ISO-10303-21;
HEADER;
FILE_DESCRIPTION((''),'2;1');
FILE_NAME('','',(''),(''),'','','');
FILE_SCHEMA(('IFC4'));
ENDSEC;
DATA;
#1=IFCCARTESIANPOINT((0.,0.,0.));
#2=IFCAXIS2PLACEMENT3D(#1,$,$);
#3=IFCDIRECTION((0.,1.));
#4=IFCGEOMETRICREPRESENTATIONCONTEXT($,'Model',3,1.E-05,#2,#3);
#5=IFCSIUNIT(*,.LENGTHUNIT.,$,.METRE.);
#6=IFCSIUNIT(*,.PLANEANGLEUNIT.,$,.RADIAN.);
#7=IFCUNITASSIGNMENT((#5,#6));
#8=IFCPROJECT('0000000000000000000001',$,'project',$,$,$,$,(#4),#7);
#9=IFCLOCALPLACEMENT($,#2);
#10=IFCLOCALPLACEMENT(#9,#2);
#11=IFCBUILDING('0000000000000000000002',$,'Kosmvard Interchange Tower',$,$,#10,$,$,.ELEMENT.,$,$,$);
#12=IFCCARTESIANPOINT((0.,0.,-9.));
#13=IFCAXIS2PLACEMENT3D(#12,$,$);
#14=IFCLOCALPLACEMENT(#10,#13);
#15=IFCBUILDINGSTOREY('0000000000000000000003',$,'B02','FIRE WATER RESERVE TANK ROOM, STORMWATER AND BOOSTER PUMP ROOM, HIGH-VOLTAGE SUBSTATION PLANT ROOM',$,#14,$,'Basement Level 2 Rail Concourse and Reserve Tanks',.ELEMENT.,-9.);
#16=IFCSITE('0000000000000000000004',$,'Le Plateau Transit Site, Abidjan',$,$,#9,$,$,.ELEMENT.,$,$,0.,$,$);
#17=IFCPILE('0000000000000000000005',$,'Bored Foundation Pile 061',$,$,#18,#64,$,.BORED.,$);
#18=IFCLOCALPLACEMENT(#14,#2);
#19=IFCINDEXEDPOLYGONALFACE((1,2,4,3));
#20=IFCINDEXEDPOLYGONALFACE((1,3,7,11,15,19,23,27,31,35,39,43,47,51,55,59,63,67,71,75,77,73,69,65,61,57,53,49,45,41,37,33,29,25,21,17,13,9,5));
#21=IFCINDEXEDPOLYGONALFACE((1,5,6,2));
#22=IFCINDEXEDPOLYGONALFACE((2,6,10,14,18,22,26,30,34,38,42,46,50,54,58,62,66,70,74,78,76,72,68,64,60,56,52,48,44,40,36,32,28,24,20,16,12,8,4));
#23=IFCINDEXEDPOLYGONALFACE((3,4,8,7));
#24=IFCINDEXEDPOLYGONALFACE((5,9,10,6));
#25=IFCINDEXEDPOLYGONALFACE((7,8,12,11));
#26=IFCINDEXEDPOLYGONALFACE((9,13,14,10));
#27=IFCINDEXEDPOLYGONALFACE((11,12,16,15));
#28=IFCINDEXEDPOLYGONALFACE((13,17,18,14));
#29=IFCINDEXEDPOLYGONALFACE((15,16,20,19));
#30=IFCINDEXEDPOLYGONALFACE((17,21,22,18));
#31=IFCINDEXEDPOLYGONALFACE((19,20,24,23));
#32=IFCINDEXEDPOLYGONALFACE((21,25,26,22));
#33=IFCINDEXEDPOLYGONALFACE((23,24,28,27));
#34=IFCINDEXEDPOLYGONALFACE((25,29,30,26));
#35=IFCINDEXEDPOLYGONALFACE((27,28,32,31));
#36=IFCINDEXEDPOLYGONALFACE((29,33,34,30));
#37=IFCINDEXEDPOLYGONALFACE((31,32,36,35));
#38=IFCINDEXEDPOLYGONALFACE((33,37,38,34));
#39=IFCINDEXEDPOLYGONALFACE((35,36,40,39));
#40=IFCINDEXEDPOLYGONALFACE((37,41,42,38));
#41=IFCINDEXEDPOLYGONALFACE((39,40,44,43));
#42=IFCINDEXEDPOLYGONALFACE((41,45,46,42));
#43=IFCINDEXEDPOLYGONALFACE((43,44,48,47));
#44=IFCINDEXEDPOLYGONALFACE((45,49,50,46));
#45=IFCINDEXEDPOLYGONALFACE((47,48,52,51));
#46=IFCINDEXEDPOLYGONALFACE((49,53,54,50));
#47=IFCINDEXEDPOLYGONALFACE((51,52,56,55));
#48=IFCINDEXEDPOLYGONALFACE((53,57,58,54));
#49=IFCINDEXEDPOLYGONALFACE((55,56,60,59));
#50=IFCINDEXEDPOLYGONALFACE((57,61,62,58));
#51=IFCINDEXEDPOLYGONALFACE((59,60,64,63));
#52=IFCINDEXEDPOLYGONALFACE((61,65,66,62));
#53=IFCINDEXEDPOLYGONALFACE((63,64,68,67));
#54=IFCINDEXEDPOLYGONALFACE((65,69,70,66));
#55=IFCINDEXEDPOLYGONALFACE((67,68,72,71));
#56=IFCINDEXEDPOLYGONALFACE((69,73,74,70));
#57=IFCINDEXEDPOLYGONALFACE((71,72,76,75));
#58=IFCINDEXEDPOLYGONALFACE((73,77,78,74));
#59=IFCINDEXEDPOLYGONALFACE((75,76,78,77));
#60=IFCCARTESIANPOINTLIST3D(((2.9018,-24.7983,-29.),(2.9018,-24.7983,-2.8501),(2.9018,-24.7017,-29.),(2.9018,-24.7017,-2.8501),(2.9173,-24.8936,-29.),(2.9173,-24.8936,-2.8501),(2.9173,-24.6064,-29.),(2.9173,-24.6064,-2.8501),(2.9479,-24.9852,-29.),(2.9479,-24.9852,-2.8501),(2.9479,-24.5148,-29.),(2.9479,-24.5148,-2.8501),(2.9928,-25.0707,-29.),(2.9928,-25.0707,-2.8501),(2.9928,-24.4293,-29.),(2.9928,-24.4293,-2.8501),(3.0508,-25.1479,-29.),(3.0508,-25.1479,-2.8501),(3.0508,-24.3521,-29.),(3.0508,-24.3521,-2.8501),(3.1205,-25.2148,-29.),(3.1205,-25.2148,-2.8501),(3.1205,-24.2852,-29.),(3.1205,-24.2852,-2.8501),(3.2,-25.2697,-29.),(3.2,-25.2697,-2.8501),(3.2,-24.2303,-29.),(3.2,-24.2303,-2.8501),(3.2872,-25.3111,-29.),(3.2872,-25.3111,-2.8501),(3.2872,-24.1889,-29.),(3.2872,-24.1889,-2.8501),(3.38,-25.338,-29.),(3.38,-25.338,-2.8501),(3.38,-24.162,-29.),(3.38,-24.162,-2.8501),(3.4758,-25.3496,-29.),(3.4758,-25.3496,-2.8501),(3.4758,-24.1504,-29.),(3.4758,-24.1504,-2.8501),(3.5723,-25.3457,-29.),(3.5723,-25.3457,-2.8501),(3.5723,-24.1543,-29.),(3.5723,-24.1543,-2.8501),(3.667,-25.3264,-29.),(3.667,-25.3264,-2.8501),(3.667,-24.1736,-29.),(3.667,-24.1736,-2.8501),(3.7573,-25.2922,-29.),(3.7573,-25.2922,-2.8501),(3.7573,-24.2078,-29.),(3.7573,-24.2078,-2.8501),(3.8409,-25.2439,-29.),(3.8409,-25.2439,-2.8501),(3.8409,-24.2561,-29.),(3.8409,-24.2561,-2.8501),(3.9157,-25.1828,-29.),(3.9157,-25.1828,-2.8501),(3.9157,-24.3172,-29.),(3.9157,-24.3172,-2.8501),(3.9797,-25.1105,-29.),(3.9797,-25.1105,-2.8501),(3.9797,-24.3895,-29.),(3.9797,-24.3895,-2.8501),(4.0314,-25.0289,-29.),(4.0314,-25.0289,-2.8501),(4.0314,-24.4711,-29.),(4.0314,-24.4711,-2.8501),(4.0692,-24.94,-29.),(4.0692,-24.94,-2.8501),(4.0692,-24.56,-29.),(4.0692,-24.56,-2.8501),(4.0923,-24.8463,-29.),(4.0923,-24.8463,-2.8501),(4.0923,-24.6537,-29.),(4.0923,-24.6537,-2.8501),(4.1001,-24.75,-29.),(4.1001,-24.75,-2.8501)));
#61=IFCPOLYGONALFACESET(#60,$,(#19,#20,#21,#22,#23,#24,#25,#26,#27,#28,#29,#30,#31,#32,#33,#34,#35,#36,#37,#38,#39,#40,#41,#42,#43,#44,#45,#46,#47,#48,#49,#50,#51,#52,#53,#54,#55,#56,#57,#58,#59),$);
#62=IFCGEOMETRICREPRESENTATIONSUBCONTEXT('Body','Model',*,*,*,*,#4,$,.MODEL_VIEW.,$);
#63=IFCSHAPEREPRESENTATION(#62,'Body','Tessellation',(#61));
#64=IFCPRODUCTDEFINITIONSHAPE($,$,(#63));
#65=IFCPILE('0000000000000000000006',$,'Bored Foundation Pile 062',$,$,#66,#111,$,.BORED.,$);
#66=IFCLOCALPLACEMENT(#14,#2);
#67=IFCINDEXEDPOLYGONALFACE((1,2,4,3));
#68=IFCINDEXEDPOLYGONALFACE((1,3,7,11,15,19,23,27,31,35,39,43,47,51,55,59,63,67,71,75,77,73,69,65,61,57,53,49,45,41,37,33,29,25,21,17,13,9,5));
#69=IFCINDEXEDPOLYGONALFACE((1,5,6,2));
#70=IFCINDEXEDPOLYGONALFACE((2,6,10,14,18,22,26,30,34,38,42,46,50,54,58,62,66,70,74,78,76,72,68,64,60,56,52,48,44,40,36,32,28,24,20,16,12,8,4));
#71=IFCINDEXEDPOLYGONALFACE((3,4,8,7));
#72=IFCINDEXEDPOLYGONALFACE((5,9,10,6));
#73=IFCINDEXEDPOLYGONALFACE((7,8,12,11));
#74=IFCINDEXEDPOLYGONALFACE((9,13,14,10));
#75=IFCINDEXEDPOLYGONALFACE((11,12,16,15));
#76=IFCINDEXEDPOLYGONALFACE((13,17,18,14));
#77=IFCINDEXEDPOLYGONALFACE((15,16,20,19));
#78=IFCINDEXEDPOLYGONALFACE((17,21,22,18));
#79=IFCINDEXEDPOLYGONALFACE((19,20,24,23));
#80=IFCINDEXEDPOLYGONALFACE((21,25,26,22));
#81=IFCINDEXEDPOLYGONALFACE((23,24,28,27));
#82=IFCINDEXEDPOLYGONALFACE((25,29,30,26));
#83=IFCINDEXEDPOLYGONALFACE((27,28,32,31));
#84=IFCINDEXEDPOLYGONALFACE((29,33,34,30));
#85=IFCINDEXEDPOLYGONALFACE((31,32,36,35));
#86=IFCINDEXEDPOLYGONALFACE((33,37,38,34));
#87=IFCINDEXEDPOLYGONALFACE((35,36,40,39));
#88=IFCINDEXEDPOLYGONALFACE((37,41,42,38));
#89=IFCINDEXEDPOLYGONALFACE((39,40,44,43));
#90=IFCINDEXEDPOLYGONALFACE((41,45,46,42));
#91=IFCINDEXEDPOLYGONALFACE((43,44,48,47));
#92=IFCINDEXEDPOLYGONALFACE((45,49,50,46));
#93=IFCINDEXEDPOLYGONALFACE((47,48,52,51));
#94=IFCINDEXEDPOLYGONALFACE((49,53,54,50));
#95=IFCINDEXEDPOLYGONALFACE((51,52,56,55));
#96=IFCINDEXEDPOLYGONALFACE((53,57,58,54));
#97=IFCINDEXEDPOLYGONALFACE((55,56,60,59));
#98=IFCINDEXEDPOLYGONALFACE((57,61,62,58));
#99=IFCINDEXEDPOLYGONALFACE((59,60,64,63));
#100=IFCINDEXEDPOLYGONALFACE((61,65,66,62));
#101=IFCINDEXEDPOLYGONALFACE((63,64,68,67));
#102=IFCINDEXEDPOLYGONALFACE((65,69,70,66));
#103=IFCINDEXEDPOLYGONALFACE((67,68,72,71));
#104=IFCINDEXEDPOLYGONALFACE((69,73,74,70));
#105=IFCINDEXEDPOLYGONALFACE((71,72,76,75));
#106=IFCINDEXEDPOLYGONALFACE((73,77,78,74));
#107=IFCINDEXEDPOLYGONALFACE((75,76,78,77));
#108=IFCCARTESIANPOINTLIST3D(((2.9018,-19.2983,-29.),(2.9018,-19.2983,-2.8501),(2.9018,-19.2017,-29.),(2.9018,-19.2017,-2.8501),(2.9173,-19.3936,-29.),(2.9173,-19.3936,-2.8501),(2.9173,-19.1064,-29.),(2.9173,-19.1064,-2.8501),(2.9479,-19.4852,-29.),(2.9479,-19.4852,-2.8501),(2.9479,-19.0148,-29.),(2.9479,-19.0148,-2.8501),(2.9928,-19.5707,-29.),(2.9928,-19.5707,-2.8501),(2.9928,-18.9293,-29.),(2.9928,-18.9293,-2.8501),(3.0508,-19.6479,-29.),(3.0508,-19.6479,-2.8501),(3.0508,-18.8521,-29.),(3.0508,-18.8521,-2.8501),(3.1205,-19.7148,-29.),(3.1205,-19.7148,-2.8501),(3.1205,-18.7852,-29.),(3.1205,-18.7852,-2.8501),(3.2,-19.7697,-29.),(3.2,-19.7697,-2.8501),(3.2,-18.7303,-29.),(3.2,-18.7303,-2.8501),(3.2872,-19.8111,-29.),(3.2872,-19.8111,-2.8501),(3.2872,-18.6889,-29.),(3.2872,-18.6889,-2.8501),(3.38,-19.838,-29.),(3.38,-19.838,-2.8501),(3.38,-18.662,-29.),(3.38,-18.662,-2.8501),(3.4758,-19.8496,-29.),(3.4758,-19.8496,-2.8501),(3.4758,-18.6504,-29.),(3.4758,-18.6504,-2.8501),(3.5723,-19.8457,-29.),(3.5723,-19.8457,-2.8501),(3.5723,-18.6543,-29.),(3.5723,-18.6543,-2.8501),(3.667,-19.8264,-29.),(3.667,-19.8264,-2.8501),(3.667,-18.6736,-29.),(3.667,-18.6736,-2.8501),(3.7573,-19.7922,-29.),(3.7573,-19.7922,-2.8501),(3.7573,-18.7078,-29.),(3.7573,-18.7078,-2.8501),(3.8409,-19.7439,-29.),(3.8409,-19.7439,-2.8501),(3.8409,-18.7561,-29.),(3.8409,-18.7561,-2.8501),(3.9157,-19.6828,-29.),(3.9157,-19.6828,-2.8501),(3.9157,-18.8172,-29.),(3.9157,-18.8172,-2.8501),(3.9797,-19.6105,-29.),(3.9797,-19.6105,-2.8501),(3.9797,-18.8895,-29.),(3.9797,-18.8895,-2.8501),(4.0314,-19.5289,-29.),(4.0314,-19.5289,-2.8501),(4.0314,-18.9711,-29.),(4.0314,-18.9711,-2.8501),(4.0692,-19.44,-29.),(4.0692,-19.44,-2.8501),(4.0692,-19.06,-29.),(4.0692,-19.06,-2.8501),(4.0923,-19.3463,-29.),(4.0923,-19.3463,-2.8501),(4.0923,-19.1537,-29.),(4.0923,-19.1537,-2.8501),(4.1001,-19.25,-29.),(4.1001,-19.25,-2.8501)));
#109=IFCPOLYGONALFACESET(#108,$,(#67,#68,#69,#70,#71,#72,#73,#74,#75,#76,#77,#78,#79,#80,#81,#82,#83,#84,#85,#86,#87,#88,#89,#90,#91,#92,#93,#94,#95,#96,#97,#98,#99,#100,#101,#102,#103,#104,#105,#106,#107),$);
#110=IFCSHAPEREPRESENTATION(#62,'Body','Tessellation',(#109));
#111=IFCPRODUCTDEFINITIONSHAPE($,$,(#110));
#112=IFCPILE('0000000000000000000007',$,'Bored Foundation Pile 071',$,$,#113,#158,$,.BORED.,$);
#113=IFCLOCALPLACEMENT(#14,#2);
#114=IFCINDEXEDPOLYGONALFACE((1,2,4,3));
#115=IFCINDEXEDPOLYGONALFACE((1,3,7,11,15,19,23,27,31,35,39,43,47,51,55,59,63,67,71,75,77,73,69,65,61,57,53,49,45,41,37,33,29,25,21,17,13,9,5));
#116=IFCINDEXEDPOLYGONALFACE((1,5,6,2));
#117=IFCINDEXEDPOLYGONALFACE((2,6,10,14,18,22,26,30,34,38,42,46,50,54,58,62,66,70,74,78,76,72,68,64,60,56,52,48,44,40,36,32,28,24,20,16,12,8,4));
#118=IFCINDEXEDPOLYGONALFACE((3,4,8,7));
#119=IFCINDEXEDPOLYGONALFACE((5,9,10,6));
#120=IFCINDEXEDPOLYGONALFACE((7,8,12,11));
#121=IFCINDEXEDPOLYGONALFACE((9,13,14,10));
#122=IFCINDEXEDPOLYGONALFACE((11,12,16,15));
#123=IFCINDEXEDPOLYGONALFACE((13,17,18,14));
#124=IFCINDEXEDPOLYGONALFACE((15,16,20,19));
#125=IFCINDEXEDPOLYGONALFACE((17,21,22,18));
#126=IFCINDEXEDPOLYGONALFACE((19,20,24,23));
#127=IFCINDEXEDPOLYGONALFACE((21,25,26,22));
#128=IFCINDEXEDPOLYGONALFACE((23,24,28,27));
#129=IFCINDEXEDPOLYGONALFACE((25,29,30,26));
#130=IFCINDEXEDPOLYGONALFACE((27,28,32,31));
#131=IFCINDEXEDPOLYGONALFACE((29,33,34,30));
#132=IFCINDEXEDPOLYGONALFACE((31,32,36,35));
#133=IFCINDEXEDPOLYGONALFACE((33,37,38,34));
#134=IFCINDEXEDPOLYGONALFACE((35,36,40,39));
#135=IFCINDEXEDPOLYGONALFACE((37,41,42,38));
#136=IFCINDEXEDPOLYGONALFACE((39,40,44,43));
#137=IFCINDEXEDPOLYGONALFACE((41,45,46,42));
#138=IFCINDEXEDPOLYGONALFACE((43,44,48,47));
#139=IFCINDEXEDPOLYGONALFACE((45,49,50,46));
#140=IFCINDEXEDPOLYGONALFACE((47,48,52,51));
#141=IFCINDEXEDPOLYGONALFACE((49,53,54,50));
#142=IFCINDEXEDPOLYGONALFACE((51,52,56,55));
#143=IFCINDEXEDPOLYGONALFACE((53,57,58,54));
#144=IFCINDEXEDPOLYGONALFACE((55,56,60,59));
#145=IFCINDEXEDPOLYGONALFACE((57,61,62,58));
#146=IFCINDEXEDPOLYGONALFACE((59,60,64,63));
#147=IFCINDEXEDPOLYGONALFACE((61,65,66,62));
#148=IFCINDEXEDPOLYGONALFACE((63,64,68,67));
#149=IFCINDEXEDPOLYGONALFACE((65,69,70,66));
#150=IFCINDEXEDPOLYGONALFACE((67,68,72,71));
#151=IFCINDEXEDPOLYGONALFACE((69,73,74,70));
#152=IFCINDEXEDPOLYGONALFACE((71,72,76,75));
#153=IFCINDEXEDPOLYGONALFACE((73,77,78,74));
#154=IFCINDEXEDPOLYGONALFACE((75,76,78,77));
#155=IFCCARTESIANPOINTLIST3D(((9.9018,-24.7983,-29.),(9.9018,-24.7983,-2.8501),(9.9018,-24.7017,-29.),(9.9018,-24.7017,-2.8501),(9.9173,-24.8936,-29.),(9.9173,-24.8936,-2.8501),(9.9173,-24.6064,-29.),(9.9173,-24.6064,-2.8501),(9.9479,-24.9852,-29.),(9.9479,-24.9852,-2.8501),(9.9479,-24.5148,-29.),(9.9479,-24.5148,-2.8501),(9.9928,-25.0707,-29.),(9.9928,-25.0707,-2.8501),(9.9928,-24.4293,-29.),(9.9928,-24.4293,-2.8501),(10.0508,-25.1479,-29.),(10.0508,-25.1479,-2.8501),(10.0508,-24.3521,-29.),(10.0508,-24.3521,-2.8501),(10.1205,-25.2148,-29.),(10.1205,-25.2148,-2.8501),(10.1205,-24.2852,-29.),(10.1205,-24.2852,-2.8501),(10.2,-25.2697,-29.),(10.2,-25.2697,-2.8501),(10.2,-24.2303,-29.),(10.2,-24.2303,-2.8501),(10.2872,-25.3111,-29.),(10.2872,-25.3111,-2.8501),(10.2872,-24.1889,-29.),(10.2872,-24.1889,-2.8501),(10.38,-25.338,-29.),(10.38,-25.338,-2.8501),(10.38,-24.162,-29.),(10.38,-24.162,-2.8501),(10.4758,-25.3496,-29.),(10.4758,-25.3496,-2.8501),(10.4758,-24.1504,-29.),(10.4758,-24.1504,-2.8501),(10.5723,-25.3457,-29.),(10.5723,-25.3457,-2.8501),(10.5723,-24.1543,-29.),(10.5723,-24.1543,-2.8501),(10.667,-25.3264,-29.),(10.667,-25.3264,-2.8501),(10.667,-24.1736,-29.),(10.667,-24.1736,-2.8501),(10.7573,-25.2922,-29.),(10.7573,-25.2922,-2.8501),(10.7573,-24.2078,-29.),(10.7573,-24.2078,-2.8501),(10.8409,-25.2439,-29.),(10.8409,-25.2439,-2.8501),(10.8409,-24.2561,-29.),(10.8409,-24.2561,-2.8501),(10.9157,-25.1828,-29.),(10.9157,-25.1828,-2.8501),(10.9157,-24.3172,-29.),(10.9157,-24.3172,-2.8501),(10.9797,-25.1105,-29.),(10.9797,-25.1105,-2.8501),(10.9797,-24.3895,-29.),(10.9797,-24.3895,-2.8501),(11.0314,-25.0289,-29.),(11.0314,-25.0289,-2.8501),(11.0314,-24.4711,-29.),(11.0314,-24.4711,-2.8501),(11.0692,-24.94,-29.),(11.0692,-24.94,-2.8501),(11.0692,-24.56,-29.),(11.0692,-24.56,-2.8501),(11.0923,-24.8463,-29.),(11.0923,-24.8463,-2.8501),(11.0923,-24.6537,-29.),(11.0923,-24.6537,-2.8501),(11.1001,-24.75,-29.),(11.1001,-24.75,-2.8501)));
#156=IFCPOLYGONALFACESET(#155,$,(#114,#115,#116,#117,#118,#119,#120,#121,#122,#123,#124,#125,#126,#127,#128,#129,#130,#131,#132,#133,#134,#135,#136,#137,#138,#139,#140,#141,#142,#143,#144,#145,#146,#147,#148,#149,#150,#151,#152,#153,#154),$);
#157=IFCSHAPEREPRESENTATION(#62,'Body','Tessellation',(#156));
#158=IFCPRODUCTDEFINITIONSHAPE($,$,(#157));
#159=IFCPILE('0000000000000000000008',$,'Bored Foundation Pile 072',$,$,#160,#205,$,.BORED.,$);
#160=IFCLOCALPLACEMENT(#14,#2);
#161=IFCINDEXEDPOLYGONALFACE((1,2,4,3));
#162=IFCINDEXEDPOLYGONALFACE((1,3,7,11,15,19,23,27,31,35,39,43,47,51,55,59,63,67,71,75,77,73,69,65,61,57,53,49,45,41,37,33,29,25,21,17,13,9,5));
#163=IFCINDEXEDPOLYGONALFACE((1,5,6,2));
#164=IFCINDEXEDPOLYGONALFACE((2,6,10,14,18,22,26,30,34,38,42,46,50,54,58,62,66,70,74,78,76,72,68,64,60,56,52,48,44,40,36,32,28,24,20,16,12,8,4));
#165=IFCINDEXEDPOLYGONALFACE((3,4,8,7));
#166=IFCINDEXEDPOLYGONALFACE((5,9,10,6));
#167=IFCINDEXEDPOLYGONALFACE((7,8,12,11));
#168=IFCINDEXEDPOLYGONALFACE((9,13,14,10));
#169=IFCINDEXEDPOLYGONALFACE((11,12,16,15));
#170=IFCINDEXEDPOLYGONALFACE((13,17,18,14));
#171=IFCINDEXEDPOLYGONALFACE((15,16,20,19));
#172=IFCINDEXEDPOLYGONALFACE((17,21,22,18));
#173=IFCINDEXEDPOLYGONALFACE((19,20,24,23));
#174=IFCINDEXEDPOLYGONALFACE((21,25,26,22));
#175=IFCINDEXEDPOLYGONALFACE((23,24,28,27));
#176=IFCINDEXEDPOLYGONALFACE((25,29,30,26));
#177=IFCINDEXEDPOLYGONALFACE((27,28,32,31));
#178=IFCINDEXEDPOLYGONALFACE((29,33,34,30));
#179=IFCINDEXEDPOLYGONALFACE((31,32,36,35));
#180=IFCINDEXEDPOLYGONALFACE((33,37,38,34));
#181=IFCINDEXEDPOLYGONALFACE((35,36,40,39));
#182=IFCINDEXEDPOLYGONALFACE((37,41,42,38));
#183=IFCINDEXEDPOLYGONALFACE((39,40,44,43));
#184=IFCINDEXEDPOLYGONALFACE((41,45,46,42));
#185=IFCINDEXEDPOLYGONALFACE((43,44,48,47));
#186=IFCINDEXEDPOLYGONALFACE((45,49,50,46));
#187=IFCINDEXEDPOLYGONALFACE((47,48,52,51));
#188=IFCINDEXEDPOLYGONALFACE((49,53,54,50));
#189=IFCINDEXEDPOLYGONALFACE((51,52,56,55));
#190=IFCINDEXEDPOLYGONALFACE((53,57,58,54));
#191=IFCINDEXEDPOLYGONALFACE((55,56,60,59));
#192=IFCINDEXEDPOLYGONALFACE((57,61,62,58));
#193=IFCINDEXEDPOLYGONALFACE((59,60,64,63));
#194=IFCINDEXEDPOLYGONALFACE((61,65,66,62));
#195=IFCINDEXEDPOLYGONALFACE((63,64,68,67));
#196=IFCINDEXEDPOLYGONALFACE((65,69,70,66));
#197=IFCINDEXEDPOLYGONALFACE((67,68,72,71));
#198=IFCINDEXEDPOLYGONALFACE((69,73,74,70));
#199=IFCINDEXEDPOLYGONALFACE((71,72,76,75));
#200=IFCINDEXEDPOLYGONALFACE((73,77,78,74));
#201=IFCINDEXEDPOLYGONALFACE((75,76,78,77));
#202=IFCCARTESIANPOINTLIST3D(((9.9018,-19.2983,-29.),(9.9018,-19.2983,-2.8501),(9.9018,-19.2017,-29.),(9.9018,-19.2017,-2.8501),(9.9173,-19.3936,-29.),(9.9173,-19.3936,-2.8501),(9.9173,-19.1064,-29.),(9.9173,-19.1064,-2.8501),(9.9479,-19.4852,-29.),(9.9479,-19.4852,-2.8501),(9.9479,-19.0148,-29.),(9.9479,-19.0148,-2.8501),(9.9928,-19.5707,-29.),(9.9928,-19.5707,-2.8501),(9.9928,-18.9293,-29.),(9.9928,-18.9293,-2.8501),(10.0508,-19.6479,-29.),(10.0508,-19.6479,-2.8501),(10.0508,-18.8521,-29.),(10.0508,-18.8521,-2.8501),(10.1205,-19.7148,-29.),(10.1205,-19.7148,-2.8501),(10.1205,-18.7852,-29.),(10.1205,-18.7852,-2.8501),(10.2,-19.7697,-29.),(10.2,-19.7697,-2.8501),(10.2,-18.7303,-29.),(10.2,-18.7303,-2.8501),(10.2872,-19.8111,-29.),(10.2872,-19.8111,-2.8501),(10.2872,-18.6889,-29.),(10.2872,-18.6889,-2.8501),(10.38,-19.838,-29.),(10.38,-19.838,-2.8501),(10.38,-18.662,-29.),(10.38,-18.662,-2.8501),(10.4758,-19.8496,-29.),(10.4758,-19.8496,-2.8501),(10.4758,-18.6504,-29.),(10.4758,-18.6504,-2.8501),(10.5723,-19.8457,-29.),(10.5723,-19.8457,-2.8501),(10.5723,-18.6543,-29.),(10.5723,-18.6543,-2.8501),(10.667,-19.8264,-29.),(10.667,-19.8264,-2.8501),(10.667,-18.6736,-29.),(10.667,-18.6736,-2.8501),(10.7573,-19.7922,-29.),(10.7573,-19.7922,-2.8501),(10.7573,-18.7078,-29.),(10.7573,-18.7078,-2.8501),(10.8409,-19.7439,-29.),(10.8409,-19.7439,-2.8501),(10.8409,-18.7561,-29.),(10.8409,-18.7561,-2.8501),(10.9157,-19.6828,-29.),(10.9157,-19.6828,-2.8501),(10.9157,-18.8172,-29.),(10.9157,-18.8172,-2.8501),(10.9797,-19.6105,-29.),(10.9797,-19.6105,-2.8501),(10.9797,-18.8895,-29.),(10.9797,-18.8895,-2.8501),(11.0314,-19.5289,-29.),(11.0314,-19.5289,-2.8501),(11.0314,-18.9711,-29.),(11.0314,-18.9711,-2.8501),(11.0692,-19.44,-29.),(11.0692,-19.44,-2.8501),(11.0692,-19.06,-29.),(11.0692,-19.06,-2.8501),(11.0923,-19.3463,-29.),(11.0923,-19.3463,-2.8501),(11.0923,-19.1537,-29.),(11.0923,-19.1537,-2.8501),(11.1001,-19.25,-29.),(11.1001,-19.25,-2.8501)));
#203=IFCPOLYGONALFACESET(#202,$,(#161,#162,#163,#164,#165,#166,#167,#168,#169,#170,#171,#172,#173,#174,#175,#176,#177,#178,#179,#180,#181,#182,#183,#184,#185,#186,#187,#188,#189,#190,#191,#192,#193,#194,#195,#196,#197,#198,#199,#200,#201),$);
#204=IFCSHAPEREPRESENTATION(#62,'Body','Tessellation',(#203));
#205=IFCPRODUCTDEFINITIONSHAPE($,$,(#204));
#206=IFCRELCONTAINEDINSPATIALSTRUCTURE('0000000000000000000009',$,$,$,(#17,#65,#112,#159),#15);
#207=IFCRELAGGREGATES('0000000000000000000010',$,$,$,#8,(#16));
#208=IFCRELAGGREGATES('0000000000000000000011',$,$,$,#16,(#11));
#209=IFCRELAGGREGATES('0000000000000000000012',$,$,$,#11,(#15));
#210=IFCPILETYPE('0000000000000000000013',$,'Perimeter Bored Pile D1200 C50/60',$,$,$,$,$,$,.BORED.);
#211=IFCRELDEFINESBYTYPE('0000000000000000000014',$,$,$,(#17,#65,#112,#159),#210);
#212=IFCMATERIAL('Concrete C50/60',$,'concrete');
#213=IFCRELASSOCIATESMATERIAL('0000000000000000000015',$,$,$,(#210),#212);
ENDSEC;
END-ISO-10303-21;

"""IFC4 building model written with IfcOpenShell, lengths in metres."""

from ifc_helpers import new_model, si_unit, direction, frame, origin, origin_2d, place, context, subcontext, project, spatial, circle, extrude, source, transform, mapped, material, material_profile, profile_set, type_object, element, save


model = new_model("IFC4")

# Units and contexts
model_context = context("Model", 3, precision=1e-05, world=origin(), true_north=direction((0.0, 1.0)))
body_context = subcontext(model_context, "Body", "Model", "MODEL_VIEW")
ifc_project = project(units=[si_unit("LENGTHUNIT", "METRE"), si_unit("PLANEANGLEUNIT", "RADIAN")], contexts=[model_context])

# Site, building, storey
site_placement = place(None, origin())
site = spatial("IfcSite", under=ifc_project, at=site_placement, Name="Le Plateau Transit Site, Abidjan", CompositionType="ELEMENT", RefElevation=0.0)
building_placement = place(site_placement, origin())
building = spatial("IfcBuilding", under=site, at=building_placement, Name="Kosmvard Interchange Tower", CompositionType="ELEMENT")
storey_placement = place(building_placement, frame((0.0, 0.0, -9.0)))
storey = spatial("IfcBuildingStorey", under=building, at=storey_placement, Name="B02", Description="FIRE WATER RESERVE TANK ROOM, STORMWATER AND BOOSTER PUMP ROOM, HIGH-VOLTAGE SUBSTATION PLANT ROOM", LongName="Basement Level 2 Rail Concourse and Reserve Tanks", CompositionType="ELEMENT", Elevation=-9.0)

# Piles
ifc_material_1 = material(Name="Concrete C50/60", Category="concrete")
ifc_material_profile_1 = material_profile(ifc_material_1, circle(Radius=0.6001, at=origin_2d()), Name="PILE D1200")
ifc_profile_set_1 = profile_set([ifc_material_profile_1], Name="Concrete C50/60")
pile_type_1 = type_object("IfcPileType", Name="Perimeter Bored Pile D1200 C50/60", PredefinedType="BORED", material=ifc_profile_set_1)
shared_shape_1 = source(origin(), body_context, "Body", "SweptSolid", [
    extrude(circle(Radius=0.6001, at=origin_2d()), origin(), (0.0, 0.0, 1.0), 26.1499),
])
for number, where, z_axis, x_axis, name in (
    (1, (3.5, -24.75, -2.8501), (0.0, 0.0, -1.0), (1.0, 0.0, 0.0), "Bored Foundation Pile 061"),
    (2, (3.5, -19.25, -2.8501), (0.0, 0.0, -1.0), (1.0, 0.0, 0.0), "Bored Foundation Pile 062"),
    (3, (10.5, -24.75, -2.8501), (0.0, 0.0, -1.0), (1.0, 0.0, 0.0), "Bored Foundation Pile 071"),
    (4, (10.5, -19.25, -2.8501), (0.0, 0.0, -1.0), (1.0, 0.0, 0.0), "Bored Foundation Pile 072"),
):
    element("IfcPile", number, at=place(storey_placement, frame(where, z_axis=z_axis, x_axis=x_axis)), inside=storey, type_object=pile_type_1, Name=name, PredefinedType="BORED", context=body_context, shape_type="MappedRepresentation", body=[
        mapped(shared_shape_1, transform((0.0, 0.0, 0.0), scale=1.0)),
    ])

save(model, "model.ifc")
